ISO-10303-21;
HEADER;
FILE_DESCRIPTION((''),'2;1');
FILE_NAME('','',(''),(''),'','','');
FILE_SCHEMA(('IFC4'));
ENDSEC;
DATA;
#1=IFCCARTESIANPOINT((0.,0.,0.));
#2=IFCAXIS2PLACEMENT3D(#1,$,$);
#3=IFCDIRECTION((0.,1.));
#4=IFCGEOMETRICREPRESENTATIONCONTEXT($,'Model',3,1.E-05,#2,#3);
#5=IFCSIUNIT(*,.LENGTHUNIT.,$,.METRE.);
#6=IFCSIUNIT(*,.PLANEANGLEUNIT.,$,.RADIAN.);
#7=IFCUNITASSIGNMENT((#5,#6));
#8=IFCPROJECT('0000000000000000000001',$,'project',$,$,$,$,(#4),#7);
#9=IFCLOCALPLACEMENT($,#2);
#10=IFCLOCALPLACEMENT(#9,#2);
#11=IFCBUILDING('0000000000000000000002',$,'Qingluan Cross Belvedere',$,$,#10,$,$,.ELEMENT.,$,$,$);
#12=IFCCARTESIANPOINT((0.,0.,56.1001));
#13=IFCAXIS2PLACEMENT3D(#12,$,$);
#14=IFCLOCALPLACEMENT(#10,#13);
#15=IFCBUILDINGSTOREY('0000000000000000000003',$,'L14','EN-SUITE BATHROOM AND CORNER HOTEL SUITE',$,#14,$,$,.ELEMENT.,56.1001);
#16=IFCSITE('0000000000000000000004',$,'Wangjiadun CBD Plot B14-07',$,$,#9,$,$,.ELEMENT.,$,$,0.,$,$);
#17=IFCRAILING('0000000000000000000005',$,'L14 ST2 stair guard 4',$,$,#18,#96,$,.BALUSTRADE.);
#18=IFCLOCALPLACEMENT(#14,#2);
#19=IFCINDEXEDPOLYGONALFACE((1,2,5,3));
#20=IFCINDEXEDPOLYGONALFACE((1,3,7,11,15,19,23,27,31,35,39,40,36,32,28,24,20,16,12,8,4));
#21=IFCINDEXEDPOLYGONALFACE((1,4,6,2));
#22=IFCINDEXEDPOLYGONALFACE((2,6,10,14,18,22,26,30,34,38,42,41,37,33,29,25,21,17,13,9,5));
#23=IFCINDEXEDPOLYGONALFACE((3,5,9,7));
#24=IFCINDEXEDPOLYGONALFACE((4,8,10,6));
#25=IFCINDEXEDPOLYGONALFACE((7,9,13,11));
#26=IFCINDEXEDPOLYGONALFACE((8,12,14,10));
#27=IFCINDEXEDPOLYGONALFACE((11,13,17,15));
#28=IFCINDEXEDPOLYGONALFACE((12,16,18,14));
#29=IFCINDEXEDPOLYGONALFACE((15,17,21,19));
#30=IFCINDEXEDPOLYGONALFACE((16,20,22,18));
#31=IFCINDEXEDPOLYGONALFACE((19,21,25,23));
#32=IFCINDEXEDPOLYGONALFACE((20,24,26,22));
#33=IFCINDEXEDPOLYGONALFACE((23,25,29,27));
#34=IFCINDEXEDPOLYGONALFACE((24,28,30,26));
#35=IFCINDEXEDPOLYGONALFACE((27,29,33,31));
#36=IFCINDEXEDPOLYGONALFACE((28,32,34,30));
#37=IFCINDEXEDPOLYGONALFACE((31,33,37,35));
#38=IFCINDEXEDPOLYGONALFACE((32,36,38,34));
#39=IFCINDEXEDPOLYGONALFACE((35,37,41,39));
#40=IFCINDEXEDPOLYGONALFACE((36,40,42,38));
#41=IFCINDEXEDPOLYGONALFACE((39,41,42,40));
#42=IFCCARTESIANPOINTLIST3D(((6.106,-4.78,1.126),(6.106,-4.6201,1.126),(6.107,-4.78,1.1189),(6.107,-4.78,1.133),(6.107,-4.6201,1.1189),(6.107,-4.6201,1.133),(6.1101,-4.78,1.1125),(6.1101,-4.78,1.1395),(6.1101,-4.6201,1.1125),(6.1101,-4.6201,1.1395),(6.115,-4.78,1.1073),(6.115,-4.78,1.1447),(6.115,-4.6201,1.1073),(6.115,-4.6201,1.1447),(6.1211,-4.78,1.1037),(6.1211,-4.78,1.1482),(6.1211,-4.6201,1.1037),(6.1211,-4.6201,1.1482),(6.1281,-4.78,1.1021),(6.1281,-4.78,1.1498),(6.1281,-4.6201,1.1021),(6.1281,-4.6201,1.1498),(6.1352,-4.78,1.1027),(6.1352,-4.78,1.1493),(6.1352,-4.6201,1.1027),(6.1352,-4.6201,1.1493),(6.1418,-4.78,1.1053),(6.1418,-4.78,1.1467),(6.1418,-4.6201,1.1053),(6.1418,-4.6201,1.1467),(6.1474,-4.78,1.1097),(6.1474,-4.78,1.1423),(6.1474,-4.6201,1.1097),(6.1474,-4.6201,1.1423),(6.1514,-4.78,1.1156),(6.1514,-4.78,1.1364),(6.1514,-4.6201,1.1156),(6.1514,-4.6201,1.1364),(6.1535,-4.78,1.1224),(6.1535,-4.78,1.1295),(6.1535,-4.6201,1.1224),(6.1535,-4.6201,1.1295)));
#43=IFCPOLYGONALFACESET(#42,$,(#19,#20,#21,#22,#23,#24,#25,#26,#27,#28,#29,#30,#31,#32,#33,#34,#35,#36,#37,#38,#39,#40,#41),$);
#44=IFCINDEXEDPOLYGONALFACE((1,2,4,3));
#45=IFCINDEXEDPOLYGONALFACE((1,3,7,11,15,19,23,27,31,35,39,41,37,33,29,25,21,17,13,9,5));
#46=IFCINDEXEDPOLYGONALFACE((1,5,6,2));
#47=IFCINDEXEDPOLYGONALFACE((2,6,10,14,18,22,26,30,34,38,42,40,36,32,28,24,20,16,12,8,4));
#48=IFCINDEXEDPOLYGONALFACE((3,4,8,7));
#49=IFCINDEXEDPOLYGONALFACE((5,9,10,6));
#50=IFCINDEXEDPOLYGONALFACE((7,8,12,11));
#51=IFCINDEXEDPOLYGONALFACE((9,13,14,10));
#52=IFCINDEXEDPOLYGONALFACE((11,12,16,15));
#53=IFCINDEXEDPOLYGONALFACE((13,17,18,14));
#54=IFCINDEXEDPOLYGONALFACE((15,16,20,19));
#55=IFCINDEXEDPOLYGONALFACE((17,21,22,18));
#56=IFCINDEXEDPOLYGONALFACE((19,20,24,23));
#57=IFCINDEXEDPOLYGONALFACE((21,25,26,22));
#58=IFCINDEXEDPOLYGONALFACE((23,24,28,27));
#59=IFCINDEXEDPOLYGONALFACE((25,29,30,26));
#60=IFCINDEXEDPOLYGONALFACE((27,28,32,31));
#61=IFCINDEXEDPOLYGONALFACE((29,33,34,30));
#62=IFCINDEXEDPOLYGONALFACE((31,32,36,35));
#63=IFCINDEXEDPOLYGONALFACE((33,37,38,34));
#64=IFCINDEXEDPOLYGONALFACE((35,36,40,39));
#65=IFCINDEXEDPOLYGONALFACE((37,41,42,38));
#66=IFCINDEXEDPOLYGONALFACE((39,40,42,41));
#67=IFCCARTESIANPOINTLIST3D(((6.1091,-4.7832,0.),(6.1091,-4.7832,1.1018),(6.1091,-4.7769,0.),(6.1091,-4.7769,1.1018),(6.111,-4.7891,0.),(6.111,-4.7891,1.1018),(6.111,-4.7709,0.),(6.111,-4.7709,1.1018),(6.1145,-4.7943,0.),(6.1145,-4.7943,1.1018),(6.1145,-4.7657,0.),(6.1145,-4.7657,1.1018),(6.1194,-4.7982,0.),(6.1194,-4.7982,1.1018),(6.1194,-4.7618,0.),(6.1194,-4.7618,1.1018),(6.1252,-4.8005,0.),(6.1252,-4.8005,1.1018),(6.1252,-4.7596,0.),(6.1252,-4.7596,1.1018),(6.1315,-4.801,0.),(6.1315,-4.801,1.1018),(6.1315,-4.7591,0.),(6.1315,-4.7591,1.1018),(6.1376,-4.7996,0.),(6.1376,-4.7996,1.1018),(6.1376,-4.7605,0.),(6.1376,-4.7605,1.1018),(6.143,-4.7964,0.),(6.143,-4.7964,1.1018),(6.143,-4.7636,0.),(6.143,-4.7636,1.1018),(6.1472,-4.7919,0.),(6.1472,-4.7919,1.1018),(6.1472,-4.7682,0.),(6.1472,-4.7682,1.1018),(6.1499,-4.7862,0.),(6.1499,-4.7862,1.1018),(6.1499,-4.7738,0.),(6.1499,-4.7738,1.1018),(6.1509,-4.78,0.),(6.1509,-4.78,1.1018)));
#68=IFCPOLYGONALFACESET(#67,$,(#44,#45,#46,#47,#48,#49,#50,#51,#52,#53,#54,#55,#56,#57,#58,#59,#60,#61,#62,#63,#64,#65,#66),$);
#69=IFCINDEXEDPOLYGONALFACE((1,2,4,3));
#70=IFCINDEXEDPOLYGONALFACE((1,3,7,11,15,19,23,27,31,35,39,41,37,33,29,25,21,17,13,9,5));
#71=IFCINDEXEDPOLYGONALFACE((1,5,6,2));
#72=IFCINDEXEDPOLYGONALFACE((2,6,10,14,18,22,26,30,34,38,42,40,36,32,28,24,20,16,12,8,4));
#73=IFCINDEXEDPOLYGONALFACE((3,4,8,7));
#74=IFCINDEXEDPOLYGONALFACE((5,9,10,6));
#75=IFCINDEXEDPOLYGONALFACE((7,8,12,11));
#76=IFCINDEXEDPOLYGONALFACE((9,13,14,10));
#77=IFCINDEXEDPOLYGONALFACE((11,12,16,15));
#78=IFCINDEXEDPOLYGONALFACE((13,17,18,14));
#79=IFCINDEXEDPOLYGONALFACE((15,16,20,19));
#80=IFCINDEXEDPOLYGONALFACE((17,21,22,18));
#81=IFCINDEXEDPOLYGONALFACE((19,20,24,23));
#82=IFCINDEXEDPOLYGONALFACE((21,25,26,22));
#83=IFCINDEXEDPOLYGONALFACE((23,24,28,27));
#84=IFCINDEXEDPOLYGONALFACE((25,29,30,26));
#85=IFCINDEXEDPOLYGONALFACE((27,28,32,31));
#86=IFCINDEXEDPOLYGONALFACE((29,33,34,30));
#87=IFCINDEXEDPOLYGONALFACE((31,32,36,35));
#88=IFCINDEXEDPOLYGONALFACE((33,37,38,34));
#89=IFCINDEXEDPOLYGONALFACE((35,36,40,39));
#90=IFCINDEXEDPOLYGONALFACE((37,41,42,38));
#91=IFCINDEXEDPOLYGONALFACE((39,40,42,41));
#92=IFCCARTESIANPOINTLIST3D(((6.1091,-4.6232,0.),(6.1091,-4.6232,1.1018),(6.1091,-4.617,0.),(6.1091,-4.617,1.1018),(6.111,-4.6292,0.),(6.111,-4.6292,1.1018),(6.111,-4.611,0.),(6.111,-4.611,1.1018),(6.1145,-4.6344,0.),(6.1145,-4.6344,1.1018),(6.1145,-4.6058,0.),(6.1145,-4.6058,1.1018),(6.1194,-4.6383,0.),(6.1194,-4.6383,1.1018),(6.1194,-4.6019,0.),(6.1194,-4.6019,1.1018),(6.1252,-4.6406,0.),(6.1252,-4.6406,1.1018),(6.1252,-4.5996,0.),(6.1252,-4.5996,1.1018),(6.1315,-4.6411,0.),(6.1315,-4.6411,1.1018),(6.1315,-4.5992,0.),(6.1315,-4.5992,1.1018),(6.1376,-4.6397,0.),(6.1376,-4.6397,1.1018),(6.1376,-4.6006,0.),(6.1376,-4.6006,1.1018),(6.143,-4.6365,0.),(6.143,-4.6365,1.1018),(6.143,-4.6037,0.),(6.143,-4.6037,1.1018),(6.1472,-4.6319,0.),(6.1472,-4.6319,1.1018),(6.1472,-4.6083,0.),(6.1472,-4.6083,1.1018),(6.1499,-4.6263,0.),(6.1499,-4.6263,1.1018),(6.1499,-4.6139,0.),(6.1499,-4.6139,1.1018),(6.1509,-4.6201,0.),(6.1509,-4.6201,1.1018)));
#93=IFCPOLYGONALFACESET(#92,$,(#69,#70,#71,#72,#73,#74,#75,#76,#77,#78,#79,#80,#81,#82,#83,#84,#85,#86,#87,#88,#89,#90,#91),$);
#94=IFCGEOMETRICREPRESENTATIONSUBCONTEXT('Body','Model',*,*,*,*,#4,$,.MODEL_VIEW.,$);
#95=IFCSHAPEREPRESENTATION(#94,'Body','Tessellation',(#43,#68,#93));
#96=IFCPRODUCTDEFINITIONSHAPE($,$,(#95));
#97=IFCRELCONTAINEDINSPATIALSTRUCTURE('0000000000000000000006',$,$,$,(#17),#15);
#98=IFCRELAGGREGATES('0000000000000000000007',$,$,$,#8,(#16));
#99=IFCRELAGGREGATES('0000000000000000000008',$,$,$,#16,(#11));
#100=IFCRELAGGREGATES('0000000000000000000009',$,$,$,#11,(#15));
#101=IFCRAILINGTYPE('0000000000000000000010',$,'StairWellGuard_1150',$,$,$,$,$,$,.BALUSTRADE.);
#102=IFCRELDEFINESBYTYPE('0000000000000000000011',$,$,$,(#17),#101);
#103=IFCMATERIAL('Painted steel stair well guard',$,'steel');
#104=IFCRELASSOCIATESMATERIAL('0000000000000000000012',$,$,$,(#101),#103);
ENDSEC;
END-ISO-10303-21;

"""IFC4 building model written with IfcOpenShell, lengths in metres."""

from ifc_helpers import new_model, si_unit, direction, frame, origin, origin_2d, place, context, subcontext, project, spatial, circle, extrude, material, type_object, element, save


model = new_model("IFC4")

# Units and contexts
model_context = context("Model", 3, precision=1e-05, world=origin(), true_north=direction((0.0, 1.0)))
body_context = subcontext(model_context, "Body", "Model", "MODEL_VIEW")
ifc_project = project(units=[si_unit("LENGTHUNIT", "METRE"), si_unit("PLANEANGLEUNIT", "RADIAN")], contexts=[model_context])

# Site, building, storey
site_placement = place(None, origin())
site = spatial("IfcSite", under=ifc_project, at=site_placement, Name="Wangjiadun CBD Plot B14-07", CompositionType="ELEMENT", RefElevation=0.0)
building_placement = place(site_placement, origin())
building = spatial("IfcBuilding", under=site, at=building_placement, Name="Qingluan Cross Belvedere", CompositionType="ELEMENT")
storey_placement = place(building_placement, frame((0.0, 0.0, 56.1001)))
storey = spatial("IfcBuildingStorey", under=building, at=storey_placement, Name="L14", Description="EN-SUITE BATHROOM AND CORNER HOTEL SUITE", CompositionType="ELEMENT", Elevation=56.1001)

# Railing
ifc_material_1 = material(Name="Painted steel stair well guard", Category="steel")
railing_type_1 = type_object("IfcRailingType", Name="StairWellGuard_1150", PredefinedType="BALUSTRADE", material=ifc_material_1)
railing_1_placement = place(storey_placement, frame((6.1299, -4.78, 0.0)))
element("IfcRailing", 1, at=railing_1_placement, inside=storey, type_object=railing_type_1, Name="L14 ST2 stair guard 4", PredefinedType="BALUSTRADE", context=body_context, shape_type="SweptSolid", body=[
    extrude(circle(Radius=0.0239, at=origin_2d()), frame((0.0, 0.0, 1.126), z_axis=(0.0, 1.0, 0.0), x_axis=(-1.0, 0.0, 0.0)), (0.0, 0.0, 1.0), 0.1599),
    extrude(circle(Radius=0.021, at=origin_2d()), origin(), (0.0, 0.0, 1.0), 1.1018),
    extrude(circle(Radius=0.021, at=origin_2d()), frame((0.0, 0.1599, 0.0)), (0.0, 0.0, 1.0), 1.1018),
])

save(model, "model.ifc")
